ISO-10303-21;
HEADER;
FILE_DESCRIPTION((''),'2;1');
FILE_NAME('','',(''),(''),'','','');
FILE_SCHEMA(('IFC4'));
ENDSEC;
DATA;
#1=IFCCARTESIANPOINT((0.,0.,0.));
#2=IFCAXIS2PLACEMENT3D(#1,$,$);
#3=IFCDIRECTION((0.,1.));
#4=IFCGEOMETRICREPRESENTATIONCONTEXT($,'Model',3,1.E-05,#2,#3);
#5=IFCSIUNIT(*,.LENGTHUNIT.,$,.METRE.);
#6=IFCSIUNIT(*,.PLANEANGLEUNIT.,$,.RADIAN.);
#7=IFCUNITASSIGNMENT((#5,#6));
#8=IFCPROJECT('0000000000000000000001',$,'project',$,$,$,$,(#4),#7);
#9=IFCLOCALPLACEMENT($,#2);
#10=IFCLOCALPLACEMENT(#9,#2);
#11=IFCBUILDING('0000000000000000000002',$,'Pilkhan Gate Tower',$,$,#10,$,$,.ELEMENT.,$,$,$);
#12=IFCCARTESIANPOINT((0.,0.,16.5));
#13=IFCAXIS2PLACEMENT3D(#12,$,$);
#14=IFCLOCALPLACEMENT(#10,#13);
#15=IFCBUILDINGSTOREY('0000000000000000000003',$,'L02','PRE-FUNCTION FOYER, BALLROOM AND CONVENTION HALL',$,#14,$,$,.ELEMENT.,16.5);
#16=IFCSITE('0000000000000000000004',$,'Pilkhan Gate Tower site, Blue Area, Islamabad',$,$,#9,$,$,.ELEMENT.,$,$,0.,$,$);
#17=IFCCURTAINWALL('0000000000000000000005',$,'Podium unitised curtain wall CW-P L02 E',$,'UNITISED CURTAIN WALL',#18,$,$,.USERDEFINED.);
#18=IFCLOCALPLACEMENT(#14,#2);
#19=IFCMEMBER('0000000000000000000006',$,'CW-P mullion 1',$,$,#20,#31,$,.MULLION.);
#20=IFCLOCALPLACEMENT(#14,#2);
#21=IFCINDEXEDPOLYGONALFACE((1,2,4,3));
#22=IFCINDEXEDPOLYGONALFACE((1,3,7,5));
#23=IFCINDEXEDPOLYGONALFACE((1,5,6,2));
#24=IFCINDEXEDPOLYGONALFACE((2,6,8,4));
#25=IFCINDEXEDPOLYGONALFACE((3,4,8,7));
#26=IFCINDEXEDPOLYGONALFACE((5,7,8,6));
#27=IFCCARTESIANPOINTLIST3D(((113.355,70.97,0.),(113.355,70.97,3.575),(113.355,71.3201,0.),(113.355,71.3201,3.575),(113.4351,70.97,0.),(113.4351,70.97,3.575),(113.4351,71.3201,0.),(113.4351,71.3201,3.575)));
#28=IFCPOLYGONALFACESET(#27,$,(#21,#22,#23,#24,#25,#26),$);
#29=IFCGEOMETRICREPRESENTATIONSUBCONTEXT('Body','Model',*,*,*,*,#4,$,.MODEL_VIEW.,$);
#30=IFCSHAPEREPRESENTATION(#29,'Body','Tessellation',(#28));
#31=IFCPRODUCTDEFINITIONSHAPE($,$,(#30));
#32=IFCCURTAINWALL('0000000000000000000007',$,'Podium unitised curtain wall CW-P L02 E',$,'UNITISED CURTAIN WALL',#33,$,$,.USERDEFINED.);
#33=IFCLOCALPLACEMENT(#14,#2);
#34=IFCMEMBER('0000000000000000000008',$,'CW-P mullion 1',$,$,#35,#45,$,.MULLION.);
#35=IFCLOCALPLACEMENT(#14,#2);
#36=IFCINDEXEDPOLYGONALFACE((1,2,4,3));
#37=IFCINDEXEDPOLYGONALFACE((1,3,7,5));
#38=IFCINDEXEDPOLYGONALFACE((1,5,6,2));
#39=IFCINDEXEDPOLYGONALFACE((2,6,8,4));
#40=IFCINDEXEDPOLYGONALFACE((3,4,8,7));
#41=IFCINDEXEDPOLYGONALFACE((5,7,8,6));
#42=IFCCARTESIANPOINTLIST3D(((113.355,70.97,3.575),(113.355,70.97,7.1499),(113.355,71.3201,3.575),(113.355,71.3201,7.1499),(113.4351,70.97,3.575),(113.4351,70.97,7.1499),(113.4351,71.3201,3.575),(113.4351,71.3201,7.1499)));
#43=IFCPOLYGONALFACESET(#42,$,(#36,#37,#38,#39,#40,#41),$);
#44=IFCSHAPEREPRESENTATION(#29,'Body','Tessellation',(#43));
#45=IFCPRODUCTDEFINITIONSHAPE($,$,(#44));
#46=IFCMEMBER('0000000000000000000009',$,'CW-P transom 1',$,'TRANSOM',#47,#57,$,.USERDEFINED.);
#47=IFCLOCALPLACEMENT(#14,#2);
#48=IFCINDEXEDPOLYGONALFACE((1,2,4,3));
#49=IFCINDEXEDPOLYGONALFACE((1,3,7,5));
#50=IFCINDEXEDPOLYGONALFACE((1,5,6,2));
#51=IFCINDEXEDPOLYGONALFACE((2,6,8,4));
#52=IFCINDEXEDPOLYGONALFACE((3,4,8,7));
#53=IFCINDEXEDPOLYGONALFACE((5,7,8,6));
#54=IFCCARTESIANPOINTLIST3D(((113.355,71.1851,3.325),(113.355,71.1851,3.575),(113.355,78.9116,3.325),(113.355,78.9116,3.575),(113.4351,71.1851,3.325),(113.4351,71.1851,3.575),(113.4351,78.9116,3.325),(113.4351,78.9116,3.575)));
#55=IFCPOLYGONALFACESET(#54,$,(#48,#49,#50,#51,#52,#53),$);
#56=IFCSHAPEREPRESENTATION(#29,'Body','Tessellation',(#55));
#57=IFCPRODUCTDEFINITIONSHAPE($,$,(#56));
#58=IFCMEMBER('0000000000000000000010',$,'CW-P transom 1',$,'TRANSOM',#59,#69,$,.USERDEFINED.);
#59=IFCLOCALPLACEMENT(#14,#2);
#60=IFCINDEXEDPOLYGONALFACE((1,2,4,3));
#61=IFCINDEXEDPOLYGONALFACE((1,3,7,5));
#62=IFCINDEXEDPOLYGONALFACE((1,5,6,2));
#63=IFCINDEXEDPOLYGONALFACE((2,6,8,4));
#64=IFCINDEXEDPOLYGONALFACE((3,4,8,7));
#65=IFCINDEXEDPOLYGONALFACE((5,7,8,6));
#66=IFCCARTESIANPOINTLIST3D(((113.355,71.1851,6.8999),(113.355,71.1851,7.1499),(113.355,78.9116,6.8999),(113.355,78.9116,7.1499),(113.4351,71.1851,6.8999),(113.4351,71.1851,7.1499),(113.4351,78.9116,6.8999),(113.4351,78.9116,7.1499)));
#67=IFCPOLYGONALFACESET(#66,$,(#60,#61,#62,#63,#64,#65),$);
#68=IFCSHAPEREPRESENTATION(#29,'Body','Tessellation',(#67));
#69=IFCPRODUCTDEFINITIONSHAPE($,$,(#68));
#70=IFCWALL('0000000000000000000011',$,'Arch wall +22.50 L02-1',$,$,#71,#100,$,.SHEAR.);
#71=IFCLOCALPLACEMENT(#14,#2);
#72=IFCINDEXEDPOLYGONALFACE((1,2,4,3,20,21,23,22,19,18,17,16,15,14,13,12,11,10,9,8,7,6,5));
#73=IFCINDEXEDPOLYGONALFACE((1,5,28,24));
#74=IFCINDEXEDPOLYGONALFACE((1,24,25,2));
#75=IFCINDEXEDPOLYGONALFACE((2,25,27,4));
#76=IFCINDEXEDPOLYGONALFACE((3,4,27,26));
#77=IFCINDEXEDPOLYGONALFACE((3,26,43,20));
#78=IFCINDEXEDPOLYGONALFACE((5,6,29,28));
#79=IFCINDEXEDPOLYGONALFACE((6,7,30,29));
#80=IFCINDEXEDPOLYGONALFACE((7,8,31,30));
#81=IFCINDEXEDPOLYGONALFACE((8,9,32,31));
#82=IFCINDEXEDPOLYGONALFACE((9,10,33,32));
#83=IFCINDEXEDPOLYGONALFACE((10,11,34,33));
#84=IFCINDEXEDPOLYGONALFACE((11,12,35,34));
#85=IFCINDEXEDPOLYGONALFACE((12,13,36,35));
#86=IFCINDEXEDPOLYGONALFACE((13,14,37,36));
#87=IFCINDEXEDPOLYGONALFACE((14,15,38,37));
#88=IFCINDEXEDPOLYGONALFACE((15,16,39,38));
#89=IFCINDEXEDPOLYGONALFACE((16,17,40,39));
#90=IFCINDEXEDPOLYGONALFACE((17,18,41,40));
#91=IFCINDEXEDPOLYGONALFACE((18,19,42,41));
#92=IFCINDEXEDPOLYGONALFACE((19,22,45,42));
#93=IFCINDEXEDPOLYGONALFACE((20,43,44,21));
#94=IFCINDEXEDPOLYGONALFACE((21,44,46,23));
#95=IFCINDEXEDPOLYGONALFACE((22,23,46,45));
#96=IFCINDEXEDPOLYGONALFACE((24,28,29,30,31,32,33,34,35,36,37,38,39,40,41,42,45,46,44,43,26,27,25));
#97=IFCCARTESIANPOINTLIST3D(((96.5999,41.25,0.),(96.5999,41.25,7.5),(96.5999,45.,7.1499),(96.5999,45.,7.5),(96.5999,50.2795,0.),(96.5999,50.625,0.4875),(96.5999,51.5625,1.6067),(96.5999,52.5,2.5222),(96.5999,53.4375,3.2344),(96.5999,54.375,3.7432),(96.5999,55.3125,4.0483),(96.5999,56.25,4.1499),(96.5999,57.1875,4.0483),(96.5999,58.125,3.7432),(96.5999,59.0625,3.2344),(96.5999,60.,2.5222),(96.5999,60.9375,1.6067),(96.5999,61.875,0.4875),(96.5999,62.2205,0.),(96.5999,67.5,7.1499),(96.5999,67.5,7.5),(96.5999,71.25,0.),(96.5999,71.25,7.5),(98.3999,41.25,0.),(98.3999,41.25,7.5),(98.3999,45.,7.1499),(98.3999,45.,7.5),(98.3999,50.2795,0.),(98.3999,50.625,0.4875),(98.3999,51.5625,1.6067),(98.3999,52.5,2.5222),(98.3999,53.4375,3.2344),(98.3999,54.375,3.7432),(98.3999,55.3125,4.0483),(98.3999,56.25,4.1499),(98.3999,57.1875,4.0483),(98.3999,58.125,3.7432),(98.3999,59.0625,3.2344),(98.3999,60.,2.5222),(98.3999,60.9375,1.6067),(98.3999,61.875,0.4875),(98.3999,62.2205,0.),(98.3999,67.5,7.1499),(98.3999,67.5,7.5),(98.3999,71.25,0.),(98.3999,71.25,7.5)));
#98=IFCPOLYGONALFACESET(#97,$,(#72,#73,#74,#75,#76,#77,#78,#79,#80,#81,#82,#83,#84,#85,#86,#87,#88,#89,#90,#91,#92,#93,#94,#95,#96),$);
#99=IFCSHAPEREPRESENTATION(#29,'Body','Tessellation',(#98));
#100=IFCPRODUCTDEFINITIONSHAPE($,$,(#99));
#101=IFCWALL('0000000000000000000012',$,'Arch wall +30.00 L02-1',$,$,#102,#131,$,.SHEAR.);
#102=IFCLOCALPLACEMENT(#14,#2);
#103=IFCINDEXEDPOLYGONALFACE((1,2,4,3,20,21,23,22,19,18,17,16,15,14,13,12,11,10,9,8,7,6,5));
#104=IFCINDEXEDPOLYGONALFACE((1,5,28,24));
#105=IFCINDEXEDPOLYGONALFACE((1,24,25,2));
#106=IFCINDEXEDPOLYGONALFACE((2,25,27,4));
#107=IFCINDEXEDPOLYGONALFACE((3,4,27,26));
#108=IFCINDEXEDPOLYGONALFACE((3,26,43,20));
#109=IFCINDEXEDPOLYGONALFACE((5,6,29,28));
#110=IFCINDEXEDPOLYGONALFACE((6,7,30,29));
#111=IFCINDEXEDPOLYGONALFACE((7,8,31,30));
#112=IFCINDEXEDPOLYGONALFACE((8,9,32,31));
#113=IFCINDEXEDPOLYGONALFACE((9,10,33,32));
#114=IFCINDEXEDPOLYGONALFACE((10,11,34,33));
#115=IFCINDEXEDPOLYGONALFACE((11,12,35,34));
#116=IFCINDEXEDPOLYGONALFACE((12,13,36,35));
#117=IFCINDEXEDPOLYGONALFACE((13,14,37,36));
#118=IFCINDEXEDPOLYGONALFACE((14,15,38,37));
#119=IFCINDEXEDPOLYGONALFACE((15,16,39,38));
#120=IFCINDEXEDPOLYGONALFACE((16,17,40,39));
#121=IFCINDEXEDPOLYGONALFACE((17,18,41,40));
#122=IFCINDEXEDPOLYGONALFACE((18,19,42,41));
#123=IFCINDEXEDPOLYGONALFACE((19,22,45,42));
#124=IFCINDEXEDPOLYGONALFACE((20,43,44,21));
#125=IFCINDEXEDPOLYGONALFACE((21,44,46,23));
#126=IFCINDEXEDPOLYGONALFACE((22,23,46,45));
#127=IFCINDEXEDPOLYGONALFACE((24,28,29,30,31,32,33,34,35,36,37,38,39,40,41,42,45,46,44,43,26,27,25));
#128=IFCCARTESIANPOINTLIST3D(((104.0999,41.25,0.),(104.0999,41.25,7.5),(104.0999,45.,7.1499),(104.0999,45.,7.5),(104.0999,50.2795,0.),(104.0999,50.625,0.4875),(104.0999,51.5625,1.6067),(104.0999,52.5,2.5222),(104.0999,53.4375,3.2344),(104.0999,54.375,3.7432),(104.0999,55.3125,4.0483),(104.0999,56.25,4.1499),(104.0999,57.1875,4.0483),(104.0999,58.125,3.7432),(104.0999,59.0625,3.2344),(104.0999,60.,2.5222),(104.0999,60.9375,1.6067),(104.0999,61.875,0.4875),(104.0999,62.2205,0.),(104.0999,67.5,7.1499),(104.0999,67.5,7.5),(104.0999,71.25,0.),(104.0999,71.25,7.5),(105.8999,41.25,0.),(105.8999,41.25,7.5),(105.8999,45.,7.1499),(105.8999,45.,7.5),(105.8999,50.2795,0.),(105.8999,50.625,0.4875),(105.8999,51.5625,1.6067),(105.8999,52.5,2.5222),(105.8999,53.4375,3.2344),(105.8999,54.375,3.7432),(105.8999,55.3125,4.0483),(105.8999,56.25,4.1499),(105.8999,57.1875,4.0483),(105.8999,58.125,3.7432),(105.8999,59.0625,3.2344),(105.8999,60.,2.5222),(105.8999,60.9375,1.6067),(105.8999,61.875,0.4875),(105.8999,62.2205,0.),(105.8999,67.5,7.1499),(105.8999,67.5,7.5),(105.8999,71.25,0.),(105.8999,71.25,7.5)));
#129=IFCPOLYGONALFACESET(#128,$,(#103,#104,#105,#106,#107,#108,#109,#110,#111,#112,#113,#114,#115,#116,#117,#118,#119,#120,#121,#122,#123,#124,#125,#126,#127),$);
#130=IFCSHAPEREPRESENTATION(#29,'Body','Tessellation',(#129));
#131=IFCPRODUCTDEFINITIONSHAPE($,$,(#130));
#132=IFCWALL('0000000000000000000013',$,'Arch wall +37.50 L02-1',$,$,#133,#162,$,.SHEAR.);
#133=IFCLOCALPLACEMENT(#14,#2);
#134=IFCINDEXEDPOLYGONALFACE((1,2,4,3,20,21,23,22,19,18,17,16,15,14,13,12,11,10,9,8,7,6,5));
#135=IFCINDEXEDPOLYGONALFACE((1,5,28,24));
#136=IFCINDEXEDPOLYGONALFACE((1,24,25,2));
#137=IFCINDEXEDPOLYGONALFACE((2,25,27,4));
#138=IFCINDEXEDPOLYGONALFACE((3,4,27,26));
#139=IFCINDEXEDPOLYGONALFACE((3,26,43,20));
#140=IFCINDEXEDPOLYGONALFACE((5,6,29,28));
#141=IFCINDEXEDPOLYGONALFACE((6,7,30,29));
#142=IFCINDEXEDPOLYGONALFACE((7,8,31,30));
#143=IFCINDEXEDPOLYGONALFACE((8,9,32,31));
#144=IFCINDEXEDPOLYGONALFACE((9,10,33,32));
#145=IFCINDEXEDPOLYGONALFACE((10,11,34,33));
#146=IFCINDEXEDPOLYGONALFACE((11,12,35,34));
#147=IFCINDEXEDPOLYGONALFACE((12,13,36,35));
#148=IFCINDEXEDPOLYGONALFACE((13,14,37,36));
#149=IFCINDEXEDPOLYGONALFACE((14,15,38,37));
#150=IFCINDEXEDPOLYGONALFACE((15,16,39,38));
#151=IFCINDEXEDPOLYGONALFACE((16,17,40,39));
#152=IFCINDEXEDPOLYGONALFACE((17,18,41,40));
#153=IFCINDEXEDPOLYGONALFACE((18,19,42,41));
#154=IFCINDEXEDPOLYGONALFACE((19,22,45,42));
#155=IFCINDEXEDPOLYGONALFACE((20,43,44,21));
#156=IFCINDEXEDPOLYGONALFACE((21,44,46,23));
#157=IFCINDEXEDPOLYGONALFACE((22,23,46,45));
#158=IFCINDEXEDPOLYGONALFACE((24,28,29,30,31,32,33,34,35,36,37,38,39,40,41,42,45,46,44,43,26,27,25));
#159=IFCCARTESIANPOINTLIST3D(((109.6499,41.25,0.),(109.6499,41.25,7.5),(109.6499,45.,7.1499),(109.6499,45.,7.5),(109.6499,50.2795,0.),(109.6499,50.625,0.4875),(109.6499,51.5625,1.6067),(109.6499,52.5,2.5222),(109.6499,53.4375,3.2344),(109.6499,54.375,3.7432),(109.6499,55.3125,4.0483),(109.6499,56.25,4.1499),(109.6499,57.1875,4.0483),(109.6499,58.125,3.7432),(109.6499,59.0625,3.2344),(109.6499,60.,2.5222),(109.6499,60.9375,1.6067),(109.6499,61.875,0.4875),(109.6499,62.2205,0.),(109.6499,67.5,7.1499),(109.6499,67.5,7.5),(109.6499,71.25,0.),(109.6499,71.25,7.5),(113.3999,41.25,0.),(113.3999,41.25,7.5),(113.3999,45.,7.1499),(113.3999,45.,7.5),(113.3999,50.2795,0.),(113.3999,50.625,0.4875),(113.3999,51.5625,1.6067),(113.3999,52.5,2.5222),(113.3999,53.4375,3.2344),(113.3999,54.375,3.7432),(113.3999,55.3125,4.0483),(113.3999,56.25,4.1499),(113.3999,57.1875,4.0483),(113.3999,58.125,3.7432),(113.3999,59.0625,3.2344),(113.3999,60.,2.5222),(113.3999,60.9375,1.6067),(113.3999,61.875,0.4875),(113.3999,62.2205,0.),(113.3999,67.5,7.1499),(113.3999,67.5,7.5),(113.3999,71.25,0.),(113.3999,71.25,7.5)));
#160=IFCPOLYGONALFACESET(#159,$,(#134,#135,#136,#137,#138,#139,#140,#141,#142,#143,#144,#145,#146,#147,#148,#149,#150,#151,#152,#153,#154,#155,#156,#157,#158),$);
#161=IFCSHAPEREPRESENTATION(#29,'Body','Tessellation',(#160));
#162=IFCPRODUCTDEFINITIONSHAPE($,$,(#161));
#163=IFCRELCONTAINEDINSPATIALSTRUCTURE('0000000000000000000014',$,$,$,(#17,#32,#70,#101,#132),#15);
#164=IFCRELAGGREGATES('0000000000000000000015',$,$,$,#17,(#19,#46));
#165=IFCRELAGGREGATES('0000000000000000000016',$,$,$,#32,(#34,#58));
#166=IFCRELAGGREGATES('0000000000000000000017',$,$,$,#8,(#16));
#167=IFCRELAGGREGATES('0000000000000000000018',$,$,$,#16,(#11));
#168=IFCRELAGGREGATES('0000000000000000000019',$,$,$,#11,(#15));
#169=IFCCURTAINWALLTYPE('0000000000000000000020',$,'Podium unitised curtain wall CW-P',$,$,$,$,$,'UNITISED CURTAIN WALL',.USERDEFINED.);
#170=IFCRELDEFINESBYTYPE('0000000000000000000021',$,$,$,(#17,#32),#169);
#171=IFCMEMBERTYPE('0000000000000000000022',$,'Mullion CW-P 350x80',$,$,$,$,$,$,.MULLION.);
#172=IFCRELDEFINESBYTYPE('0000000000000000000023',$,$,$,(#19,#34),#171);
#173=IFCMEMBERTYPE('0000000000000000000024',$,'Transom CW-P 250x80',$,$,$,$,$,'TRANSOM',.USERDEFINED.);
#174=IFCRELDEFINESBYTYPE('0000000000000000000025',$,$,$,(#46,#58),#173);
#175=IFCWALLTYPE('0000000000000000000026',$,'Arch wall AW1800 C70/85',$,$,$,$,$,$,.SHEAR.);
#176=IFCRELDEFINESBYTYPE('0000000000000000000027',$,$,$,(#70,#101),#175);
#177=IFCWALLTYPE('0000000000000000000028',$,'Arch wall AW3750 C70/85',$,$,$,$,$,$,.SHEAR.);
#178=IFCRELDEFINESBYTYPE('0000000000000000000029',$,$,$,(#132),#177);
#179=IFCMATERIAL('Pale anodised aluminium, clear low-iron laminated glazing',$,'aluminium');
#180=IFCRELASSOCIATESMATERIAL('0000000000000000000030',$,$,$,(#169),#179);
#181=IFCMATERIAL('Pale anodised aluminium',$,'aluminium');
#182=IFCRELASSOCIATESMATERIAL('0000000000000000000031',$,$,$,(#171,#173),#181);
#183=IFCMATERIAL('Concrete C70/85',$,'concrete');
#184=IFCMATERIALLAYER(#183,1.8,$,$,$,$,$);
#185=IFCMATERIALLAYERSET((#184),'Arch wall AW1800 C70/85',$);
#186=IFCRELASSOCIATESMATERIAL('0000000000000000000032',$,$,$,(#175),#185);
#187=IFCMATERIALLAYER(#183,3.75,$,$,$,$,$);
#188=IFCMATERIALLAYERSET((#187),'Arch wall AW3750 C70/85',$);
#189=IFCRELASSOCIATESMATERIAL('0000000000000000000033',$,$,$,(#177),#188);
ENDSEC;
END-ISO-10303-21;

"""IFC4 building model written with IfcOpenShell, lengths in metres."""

from ifc_helpers import new_model, si_unit, direction, frame, origin, origin_2d, place, context, subcontext, project, spatial, polyline, rectangle, outline, extrude, material, layer, layer_set, material_profile, profile_set, type_object, element, aggregate, save


model = new_model("IFC4")

# Units and contexts
model_context = context("Model", 3, precision=1e-05, world=origin(), true_north=direction((0.0, 1.0)))
body_context = subcontext(model_context, "Body", "Model", "MODEL_VIEW")
ifc_project = project(units=[si_unit("LENGTHUNIT", "METRE"), si_unit("PLANEANGLEUNIT", "RADIAN")], contexts=[model_context])

# Site, building, storey
site_placement = place(None, origin())
site = spatial("IfcSite", under=ifc_project, at=site_placement, Name="Pilkhan Gate Tower site, Blue Area, Islamabad", CompositionType="ELEMENT", RefElevation=0.0)
building_placement = place(site_placement, origin())
building = spatial("IfcBuilding", under=site, at=building_placement, Name="Pilkhan Gate Tower", CompositionType="ELEMENT")
storey_placement = place(building_placement, frame((0.0, 0.0, 16.5)))
storey = spatial("IfcBuildingStorey", under=building, at=storey_placement, Name="L02", Description="PRE-FUNCTION FOYER, BALLROOM AND CONVENTION HALL", CompositionType="ELEMENT", Elevation=16.5)

# Curtain walls, members
ifc_material_1 = material(Name="Pale anodised aluminium, clear low-iron laminated glazing", Category="aluminium")
curtain_wall_type = type_object("IfcCurtainWallType", Name="Podium unitised curtain wall CW-P", ElementType="UNITISED CURTAIN WALL", PredefinedType="USERDEFINED", material=ifc_material_1)
curtain_wall_1_placement = place(storey_placement, origin())
curtain_wall_1 = element("IfcCurtainWall", 1, at=curtain_wall_1_placement, inside=storey, type_object=curtain_wall_type, Name="Podium unitised curtain wall CW-P L02 E", ObjectType="UNITISED CURTAIN WALL", PredefinedType="USERDEFINED")
ifc_material_2 = material(Name="Pale anodised aluminium", Category="aluminium")
ifc_material_profile_1 = material_profile(ifc_material_2, rectangle(XDim=0.0801, YDim=0.3501, at=origin_2d()), Name="Mullion 350x80")
ifc_profile_set_1 = profile_set([ifc_material_profile_1], Name="Pale anodised aluminium")
member_type_1 = type_object("IfcMemberType", Name="Mullion CW-P 350x80", PredefinedType="MULLION", material=ifc_profile_set_1)
member_1_placement = place(storey_placement, frame((113.395, 71.145, 0.0), z_axis=(0.0, 0.0, 1.0), x_axis=(-1.0, 0.0, 0.0)))
member_1 = element("IfcMember", 2, at=member_1_placement, type_object=member_type_1, Name="CW-P mullion 1", PredefinedType="MULLION", context=body_context, shape_type="SweptSolid", body=[
    extrude(rectangle(XDim=0.0801, YDim=0.3501, at=origin_2d()), origin(), (0.0, 0.0, 1.0), 3.575),
])
curtain_wall_2_placement = place(storey_placement, origin())
curtain_wall_2 = element("IfcCurtainWall", 3, at=curtain_wall_2_placement, inside=storey, type_object=curtain_wall_type, Name="Podium unitised curtain wall CW-P L02 E", ObjectType="UNITISED CURTAIN WALL", PredefinedType="USERDEFINED")
member_2_placement = place(storey_placement, frame((113.395, 71.145, 3.575), z_axis=(0.0, 0.0, 1.0), x_axis=(-1.0, 0.0, 0.0)))
member_2 = element("IfcMember", 4, at=member_2_placement, type_object=member_type_1, Name="CW-P mullion 1", PredefinedType="MULLION", context=body_context, shape_type="SweptSolid", body=[
    extrude(rectangle(XDim=0.0801, YDim=0.3501, at=origin_2d()), origin(), (0.0, 0.0, 1.0), 3.575),
])

# Members
ifc_material_profile_2 = material_profile(ifc_material_2, rectangle(XDim=0.0801, YDim=0.25, at=origin_2d()), Name="Transom 250x80")
ifc_profile_set_2 = profile_set([ifc_material_profile_2], Name="Pale anodised aluminium")
member_type_2 = type_object("IfcMemberType", Name="Transom CW-P 250x80", ElementType="TRANSOM", PredefinedType="USERDEFINED", material=ifc_profile_set_2)
member_3_placement = place(storey_placement, frame((113.395, 71.1851, 3.45), z_axis=(0.0, 1.0, 0.0), x_axis=(-1.0, 0.0, 0.0)))
member_3 = element("IfcMember", 5, at=member_3_placement, type_object=member_type_2, Name="CW-P transom 1", ObjectType="TRANSOM", PredefinedType="USERDEFINED", context=body_context, shape_type="SweptSolid", body=[
    extrude(rectangle(XDim=0.0801, YDim=0.25, at=origin_2d()), origin(), (0.0, 0.0, 1.0), 7.7266),
])
aggregate(curtain_wall_1, [member_1, member_3])
member_4_placement = place(storey_placement, frame((113.395, 71.1851, 7.0249), z_axis=(0.0, 1.0, 0.0), x_axis=(-1.0, 0.0, 0.0)))
member_4 = element("IfcMember", 6, at=member_4_placement, type_object=member_type_2, Name="CW-P transom 1", ObjectType="TRANSOM", PredefinedType="USERDEFINED", context=body_context, shape_type="SweptSolid", body=[
    extrude(rectangle(XDim=0.0801, YDim=0.25, at=origin_2d()), origin(), (0.0, 0.0, 1.0), 7.7266),
])
aggregate(curtain_wall_2, [member_2, member_4])

# Walls
ifc_material_3 = material(Name="Concrete C70/85", Category="concrete")
ifc_layer_1 = layer(ifc_material_3, 1.8)
ifc_layer_set_1 = layer_set([ifc_layer_1], Name="Arch wall AW1800 C70/85")
wall_type_1 = type_object("IfcWallType", Name="Arch wall AW1800 C70/85", PredefinedType="SHEAR", material=ifc_layer_set_1)
for number, where, z_axis, x_axis, name in (
    (7, (98.3999, 62.2205, 0.0), (1.0, 0.0, 0.0), (0.0, 1.0, 0.0), "Arch wall +22.50 L02-1"),
    (8, (105.8999, 62.2205, 0.0), (1.0, 0.0, 0.0), (0.0, 1.0, 0.0), "Arch wall +30.00 L02-1"),
):
    element("IfcWall", number, at=place(storey_placement, frame(where, z_axis=z_axis, x_axis=x_axis)), inside=storey, type_object=wall_type_1, Name=name, PredefinedType="SHEAR", context=body_context, shape_type="SweptSolid", body=[
        extrude(outline(polyline([(0.0, 0.0), (9.0295, 0.0), (9.0295, 7.5), (5.2795, 7.5), (5.2795, 7.1499), (-17.2205, 7.1499), (-17.2205, 7.5), (-20.9705, 7.5), (-20.9705, 0.0), (-11.9409, 0.0), (-11.5955, 0.4875), (-10.658, 1.6067), (-9.7205, 2.5222), (-8.783, 3.2344), (-7.8455, 3.7432), (-6.908, 4.0483), (-5.9705, 4.1499), (-5.033, 4.0483), (-4.0955, 3.7432), (-3.158, 3.2344), (-2.2205, 2.5222), (-1.283, 1.6067), (-0.3455, 0.4875), (0.0, 0.0)])), origin(), (0.0, 0.0, -1.0), 1.8),
    ])
ifc_layer_2 = layer(ifc_material_3, 3.75)
ifc_layer_set_2 = layer_set([ifc_layer_2], Name="Arch wall AW3750 C70/85")
wall_type_2 = type_object("IfcWallType", Name="Arch wall AW3750 C70/85", PredefinedType="SHEAR", material=ifc_layer_set_2)
wall_1_placement = place(storey_placement, frame((113.3999, 62.2205, 0.0), z_axis=(1.0, 0.0, 0.0), x_axis=(0.0, 1.0, 0.0)))
element("IfcWall", 9, at=wall_1_placement, inside=storey, type_object=wall_type_2, Name="Arch wall +37.50 L02-1", PredefinedType="SHEAR", context=body_context, shape_type="SweptSolid", body=[
    extrude(outline(polyline([(0.0, 0.0), (9.0295, 0.0), (9.0295, 7.5), (5.2795, 7.5), (5.2795, 7.1499), (-17.2205, 7.1499), (-17.2205, 7.5), (-20.9705, 7.5), (-20.9705, 0.0), (-11.9409, 0.0), (-11.5955, 0.4875), (-10.658, 1.6067), (-9.7205, 2.5222), (-8.783, 3.2344), (-7.8455, 3.7432), (-6.908, 4.0483), (-5.9705, 4.1499), (-5.033, 4.0483), (-4.0955, 3.7432), (-3.158, 3.2344), (-2.2205, 2.5222), (-1.283, 1.6067), (-0.3455, 0.4875), (0.0, 0.0)])), origin(), (0.0, 0.0, -1.0), 3.75),
])

save(model, "model.ifc")
